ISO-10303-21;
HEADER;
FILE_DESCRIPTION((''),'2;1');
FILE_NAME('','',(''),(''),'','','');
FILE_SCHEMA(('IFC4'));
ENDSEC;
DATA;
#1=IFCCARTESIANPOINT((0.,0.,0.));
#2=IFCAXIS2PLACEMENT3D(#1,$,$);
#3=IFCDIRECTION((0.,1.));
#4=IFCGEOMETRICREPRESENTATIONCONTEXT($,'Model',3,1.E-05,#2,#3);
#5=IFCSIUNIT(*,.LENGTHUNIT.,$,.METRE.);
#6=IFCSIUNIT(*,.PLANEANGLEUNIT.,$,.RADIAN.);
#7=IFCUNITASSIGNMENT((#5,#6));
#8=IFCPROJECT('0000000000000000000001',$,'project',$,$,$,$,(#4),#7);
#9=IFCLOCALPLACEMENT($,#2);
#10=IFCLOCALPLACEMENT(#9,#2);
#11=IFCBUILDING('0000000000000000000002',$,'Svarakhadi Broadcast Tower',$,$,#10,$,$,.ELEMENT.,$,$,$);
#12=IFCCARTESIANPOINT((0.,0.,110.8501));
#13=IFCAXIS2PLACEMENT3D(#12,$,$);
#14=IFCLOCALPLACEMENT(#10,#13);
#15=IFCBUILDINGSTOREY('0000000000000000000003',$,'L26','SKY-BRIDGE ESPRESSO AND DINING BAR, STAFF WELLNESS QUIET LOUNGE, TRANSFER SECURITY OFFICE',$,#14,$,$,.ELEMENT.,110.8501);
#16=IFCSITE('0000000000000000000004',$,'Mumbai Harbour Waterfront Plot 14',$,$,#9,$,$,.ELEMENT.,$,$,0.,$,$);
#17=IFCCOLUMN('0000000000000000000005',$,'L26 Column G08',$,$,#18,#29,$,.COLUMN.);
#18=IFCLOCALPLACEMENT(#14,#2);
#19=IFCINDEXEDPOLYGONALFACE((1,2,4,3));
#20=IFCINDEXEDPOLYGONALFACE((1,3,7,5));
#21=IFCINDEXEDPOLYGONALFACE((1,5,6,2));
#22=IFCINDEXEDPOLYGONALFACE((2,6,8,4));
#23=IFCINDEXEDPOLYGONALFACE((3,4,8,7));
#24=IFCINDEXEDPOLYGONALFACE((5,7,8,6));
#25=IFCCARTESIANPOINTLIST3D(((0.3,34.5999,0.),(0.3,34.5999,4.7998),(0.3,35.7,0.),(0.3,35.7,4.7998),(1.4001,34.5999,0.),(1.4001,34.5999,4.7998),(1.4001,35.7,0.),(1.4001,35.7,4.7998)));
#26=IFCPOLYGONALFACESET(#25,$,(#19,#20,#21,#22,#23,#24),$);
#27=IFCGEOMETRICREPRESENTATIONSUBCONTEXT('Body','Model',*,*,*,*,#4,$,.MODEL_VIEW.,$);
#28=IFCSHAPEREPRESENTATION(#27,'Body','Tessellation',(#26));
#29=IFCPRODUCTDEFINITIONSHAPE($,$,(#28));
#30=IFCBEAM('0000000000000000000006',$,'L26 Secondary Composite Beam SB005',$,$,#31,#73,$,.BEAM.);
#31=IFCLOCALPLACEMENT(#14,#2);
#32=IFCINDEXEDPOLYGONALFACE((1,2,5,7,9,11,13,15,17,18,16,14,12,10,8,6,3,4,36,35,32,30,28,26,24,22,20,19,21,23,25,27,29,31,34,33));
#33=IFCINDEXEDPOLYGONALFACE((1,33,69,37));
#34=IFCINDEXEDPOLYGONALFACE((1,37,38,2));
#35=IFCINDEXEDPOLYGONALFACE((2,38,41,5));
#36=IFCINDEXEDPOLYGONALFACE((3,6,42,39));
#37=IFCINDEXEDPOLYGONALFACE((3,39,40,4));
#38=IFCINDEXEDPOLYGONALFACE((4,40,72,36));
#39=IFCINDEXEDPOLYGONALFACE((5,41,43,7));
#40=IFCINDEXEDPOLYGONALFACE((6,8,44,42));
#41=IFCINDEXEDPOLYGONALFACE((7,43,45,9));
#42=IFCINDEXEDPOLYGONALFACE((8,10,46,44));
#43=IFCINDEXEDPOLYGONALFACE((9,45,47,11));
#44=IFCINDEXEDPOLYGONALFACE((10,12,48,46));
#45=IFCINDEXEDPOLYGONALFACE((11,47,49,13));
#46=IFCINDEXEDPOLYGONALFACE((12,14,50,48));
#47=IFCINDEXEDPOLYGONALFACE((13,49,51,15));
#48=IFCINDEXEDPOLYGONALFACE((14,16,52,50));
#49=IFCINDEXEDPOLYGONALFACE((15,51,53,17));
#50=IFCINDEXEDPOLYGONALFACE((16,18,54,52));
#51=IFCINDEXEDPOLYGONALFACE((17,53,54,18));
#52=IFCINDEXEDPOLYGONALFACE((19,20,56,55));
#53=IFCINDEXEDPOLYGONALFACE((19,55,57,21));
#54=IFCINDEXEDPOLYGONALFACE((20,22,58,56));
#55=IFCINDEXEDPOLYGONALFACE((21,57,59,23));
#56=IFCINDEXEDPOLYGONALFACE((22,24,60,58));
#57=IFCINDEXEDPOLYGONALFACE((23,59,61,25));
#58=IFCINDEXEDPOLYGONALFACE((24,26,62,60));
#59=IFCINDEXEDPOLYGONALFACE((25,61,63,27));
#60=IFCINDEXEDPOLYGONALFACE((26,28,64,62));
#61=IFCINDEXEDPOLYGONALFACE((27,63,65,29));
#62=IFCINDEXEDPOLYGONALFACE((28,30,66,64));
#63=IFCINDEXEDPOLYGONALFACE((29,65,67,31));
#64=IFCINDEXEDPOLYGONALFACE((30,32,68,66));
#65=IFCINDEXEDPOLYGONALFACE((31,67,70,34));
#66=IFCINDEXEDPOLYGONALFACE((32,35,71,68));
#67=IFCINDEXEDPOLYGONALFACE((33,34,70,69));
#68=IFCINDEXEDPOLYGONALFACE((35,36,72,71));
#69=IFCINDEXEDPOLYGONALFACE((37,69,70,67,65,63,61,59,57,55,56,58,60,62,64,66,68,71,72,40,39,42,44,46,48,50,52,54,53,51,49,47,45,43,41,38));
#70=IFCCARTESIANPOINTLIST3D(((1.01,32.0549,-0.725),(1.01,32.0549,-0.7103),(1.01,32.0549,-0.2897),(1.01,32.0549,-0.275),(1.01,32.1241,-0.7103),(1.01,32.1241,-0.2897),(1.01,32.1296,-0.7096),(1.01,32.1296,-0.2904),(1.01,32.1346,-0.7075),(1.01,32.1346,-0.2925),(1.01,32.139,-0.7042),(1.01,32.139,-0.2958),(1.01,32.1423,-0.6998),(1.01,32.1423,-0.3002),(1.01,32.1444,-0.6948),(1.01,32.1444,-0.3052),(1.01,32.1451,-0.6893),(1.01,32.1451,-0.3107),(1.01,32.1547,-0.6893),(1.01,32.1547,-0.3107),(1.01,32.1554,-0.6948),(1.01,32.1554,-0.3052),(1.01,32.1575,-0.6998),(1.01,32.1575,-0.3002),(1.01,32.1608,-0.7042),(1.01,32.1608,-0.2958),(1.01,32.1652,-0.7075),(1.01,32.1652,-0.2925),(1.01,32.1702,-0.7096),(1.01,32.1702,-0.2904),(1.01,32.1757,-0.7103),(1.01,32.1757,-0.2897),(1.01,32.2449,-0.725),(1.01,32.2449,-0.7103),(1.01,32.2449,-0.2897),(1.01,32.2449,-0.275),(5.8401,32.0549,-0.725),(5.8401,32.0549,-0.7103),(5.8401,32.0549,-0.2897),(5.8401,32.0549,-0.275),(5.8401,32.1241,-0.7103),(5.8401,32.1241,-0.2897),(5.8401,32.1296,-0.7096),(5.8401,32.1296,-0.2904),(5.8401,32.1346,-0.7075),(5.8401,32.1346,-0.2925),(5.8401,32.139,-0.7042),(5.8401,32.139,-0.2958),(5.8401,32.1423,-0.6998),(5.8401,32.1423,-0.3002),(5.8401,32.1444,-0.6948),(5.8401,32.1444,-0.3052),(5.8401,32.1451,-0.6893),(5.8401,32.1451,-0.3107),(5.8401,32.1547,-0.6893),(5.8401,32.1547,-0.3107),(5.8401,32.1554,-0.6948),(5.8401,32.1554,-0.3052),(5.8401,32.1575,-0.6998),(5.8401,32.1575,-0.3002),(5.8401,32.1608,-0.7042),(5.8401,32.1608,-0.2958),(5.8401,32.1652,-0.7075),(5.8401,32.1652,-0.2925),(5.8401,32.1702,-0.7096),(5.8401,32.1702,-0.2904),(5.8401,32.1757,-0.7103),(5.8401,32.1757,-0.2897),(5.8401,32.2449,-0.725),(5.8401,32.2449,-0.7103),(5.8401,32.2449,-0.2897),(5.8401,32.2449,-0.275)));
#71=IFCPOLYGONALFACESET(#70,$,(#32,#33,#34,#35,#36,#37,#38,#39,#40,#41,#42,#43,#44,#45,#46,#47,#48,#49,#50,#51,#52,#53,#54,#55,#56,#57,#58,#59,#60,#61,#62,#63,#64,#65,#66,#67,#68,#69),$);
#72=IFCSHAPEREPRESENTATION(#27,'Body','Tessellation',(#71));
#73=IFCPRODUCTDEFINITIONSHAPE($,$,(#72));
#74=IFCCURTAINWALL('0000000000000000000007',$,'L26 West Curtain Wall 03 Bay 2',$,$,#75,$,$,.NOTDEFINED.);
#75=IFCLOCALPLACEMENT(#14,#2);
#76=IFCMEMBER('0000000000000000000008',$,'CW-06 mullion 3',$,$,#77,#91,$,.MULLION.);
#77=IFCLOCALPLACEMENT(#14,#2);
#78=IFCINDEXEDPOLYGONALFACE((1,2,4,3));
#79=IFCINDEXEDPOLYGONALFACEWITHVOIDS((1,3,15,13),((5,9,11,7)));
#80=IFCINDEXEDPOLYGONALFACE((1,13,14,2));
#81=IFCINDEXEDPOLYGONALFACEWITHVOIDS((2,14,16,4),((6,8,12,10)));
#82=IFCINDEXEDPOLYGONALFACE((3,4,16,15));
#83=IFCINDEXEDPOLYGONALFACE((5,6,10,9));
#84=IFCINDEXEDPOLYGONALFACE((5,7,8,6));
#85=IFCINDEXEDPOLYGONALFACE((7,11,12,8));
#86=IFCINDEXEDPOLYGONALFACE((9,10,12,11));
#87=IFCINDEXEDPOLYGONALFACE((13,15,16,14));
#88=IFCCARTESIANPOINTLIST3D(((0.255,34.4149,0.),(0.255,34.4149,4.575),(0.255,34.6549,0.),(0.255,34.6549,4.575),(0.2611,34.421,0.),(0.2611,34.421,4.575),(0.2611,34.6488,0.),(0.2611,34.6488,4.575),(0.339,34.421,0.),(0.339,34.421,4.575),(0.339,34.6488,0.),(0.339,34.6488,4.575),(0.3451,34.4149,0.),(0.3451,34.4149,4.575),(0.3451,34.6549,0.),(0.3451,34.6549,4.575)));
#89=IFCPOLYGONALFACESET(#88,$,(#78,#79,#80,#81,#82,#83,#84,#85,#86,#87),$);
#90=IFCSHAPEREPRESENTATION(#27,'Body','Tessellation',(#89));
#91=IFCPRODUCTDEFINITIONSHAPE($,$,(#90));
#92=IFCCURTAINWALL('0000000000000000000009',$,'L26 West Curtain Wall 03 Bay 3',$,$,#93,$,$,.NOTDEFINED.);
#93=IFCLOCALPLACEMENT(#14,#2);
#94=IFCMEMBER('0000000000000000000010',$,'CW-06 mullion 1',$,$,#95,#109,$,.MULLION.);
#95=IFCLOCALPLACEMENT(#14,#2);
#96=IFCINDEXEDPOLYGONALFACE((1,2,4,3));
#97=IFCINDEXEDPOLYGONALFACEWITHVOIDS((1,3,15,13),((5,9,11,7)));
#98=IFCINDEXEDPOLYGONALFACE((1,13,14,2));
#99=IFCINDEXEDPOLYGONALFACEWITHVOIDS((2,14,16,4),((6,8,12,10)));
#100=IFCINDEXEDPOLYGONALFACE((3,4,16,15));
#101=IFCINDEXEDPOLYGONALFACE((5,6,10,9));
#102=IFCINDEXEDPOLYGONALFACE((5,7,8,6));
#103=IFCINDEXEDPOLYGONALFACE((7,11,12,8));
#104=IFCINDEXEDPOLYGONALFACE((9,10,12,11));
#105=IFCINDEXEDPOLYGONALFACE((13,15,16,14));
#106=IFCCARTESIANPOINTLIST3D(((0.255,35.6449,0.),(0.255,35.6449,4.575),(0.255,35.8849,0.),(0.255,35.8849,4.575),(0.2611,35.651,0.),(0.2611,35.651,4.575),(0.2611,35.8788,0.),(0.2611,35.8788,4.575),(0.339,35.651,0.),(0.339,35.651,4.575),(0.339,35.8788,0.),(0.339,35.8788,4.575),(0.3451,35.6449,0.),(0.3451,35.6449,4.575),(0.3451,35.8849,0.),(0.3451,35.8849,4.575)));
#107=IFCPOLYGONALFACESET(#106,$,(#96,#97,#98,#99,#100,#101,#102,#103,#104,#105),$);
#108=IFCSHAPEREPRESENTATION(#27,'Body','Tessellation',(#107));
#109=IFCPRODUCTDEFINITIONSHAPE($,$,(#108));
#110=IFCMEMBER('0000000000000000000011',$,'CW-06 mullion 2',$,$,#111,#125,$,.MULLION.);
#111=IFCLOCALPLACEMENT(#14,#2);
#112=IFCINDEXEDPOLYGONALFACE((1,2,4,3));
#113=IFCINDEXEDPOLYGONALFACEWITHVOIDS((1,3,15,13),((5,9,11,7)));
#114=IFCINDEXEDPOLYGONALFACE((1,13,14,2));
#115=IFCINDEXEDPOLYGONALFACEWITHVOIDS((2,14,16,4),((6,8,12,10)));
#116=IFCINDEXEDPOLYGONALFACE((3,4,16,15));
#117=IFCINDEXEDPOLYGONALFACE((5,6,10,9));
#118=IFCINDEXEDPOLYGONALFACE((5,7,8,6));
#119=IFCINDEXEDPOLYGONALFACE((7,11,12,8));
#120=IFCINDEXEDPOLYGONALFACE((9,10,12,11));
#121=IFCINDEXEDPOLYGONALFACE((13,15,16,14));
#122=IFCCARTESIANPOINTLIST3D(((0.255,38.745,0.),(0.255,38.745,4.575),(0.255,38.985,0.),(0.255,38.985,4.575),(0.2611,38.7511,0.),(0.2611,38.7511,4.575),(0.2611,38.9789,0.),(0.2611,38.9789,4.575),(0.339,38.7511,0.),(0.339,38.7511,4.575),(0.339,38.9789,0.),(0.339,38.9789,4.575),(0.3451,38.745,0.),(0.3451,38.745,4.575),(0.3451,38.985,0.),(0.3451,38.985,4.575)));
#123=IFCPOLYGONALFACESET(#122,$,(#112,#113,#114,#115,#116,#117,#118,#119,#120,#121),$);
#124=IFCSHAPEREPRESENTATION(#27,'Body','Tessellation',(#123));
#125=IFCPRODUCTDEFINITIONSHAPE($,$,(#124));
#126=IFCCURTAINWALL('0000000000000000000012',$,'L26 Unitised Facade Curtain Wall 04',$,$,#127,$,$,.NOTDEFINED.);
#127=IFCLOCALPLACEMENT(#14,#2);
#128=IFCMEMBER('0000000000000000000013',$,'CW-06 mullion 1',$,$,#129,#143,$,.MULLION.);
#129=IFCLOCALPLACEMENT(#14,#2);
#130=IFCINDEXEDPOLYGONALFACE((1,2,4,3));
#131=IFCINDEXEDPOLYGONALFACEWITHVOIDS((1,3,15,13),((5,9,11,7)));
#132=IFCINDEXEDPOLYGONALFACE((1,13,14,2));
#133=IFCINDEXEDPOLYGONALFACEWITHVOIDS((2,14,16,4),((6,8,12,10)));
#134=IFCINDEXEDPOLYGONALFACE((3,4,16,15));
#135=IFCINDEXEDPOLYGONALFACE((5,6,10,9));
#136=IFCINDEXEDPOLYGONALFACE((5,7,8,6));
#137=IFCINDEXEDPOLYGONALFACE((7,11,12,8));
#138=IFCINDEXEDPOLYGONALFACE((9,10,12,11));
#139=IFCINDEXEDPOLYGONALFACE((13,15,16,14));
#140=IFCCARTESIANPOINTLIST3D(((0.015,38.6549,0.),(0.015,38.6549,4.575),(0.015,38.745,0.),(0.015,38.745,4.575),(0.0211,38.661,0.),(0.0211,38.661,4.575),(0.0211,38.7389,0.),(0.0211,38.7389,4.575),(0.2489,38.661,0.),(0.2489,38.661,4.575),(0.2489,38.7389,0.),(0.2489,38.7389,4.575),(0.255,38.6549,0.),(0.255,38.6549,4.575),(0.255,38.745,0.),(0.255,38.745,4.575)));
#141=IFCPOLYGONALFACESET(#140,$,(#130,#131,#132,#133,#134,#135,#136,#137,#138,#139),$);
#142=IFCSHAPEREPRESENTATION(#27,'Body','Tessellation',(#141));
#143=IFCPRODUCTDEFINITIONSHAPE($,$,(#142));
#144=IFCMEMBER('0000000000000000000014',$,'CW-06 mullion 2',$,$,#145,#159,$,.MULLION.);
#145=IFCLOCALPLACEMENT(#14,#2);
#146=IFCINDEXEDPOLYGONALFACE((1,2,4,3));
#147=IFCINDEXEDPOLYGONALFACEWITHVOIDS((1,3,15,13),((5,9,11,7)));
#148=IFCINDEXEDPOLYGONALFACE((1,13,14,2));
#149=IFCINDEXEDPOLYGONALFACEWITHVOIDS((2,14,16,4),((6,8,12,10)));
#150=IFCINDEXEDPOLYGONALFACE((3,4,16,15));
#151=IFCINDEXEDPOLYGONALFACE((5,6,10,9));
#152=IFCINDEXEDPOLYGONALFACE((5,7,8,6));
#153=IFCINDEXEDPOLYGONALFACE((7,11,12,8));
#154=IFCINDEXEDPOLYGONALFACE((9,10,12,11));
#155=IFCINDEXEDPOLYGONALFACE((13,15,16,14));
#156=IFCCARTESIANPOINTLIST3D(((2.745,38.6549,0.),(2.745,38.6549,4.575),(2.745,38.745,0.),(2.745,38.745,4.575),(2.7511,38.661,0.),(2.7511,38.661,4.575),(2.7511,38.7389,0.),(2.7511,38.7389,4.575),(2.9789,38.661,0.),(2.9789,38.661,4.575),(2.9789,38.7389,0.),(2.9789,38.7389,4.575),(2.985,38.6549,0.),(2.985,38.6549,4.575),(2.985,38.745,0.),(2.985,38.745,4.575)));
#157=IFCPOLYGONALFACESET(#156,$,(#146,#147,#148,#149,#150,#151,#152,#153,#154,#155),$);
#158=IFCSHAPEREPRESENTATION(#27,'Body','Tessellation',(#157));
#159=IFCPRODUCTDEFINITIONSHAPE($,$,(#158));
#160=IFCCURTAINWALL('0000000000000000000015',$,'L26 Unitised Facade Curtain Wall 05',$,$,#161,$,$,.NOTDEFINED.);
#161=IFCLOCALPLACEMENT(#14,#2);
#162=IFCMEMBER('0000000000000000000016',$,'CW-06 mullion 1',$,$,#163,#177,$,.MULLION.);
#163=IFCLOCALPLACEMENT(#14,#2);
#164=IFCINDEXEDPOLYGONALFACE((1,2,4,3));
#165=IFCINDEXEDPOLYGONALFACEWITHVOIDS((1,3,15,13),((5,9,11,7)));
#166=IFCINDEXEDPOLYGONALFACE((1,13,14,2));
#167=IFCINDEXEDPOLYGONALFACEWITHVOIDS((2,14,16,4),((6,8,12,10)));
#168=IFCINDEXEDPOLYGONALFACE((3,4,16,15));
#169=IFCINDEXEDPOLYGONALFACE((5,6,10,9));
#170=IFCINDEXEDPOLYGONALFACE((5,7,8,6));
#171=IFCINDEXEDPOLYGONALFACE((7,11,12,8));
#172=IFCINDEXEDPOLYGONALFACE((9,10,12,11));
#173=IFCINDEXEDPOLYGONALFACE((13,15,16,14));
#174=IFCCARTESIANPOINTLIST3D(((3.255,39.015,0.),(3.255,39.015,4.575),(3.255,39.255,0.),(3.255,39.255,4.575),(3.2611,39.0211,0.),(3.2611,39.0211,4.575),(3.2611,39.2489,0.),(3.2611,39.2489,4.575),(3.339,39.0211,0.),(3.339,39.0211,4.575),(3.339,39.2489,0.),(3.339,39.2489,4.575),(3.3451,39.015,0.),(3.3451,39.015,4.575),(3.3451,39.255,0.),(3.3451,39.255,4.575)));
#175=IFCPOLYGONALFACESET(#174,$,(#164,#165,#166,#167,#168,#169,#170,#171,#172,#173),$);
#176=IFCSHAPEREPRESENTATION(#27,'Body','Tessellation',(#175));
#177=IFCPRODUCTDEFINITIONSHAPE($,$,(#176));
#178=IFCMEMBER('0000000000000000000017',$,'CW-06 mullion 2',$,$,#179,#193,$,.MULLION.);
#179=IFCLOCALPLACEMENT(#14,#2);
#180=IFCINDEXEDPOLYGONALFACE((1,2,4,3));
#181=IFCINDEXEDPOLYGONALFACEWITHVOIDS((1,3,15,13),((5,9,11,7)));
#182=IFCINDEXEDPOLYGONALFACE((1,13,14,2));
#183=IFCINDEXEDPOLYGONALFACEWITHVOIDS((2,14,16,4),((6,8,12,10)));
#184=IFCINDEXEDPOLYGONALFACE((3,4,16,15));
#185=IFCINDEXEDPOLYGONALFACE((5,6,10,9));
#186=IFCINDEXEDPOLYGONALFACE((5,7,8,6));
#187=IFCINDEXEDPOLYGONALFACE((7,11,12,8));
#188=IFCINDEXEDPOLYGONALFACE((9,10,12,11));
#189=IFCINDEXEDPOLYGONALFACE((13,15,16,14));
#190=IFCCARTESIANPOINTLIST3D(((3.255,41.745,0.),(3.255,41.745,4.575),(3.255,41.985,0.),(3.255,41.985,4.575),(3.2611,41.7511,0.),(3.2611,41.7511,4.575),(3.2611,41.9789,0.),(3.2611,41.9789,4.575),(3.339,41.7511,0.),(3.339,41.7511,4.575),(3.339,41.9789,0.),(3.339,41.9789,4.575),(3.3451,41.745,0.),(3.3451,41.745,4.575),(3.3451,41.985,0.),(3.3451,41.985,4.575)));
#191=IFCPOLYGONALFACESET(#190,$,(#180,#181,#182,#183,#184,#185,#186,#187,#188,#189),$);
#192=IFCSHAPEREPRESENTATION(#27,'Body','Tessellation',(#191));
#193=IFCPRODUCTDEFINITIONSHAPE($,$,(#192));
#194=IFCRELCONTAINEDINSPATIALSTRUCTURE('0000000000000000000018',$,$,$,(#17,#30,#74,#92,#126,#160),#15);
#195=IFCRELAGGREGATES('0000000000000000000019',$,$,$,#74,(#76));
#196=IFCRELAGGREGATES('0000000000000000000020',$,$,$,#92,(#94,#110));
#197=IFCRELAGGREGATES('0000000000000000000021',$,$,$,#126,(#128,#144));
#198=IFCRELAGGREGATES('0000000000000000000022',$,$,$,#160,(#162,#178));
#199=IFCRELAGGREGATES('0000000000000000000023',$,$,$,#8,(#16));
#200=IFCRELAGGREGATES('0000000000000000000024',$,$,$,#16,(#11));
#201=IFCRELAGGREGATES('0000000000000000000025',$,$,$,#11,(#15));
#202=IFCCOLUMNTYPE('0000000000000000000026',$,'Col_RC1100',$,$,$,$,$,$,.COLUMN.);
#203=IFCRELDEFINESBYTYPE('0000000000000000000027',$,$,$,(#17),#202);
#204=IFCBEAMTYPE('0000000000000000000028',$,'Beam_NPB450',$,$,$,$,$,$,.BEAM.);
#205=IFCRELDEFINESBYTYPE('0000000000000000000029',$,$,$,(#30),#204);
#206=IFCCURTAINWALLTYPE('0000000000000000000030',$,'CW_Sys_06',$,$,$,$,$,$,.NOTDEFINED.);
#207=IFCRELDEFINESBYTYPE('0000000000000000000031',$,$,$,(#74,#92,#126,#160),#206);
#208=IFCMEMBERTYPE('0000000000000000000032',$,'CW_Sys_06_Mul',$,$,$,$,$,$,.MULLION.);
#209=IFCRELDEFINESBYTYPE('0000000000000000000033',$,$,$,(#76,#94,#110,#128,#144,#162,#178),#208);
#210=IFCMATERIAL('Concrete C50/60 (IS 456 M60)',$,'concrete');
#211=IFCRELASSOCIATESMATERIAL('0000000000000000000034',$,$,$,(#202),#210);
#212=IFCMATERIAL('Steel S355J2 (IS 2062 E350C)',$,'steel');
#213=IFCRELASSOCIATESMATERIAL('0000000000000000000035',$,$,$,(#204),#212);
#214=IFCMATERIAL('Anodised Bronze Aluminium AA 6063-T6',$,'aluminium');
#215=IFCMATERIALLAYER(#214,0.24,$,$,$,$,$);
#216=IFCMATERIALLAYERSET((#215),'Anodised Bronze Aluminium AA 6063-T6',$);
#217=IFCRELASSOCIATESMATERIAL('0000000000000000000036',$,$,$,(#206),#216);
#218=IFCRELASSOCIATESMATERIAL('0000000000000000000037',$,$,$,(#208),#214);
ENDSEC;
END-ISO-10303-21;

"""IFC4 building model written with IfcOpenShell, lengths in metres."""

from ifc_helpers import new_model, si_unit, direction, frame, origin, origin_2d, place, context, subcontext, project, spatial, rectangle, hollow_rectangle, i_section, extrude, material, layer, layer_set, material_profile, profile_set, type_object, element, aggregate, save


model = new_model("IFC4")

# Units and contexts
model_context = context("Model", 3, precision=1e-05, world=origin(), true_north=direction((0.0, 1.0)))
body_context = subcontext(model_context, "Body", "Model", "MODEL_VIEW")
ifc_project = project(units=[si_unit("LENGTHUNIT", "METRE"), si_unit("PLANEANGLEUNIT", "RADIAN")], contexts=[model_context])

# Site, building, storey
site_placement = place(None, origin())
site = spatial("IfcSite", under=ifc_project, at=site_placement, Name="Mumbai Harbour Waterfront Plot 14", CompositionType="ELEMENT", RefElevation=0.0)
building_placement = place(site_placement, origin())
building = spatial("IfcBuilding", under=site, at=building_placement, Name="Svarakhadi Broadcast Tower", CompositionType="ELEMENT")
storey_placement = place(building_placement, frame((0.0, 0.0, 110.8501)))
storey = spatial("IfcBuildingStorey", under=building, at=storey_placement, Name="L26", Description="SKY-BRIDGE ESPRESSO AND DINING BAR, STAFF WELLNESS QUIET LOUNGE, TRANSFER SECURITY OFFICE", CompositionType="ELEMENT", Elevation=110.8501)

# Column
ifc_material_1 = material(Name="Concrete C50/60 (IS 456 M60)", Category="concrete")
ifc_material_profile_1 = material_profile(ifc_material_1, rectangle(XDim=1.1001, YDim=1.1001, at=origin_2d()), Name="RC 1100x1100")
ifc_profile_set_1 = profile_set([ifc_material_profile_1], Name="Concrete C50/60 (IS 456 M60)")
column_type = type_object("IfcColumnType", Name="Col_RC1100", PredefinedType="COLUMN", material=ifc_profile_set_1)
column_placement = place(storey_placement, frame((0.8501, 35.1499, 0.0), z_axis=(0.0, 0.0, 1.0), x_axis=(1.0, 0.0, 0.0)))
element("IfcColumn", 1, at=column_placement, inside=storey, type_object=column_type, Name="L26 Column G08", PredefinedType="COLUMN", context=body_context, shape_type="SweptSolid", body=[
    extrude(rectangle(XDim=1.1001, YDim=1.1001, at=origin_2d()), origin(), (0.0, 0.0, 1.0), 4.7998),
])

# Beam
ifc_material_2 = material(Name="Steel S355J2 (IS 2062 E350C)", Category="steel")
ifc_material_profile_2 = material_profile(ifc_material_2, i_section(OverallWidth=0.1899, OverallDepth=0.45, WebThickness=0.0095, FlangeThickness=0.0146, FilletRadius=0.021, at=origin_2d()), Name="NPB 450x190x78")
ifc_profile_set_2 = profile_set([ifc_material_profile_2], Name="Steel S355J2 (IS 2062 E350C)")
beam_type_1 = type_object("IfcBeamType", Name="Beam_NPB450", PredefinedType="BEAM", material=ifc_profile_set_2)
beam_1_placement = place(storey_placement, frame((1.01, 32.1499, -0.5), z_axis=(1.0, 0.0, 0.0), x_axis=(0.0, 1.0, 0.0)))
element("IfcBeam", 2, at=beam_1_placement, inside=storey, type_object=beam_type_1, Name="L26 Secondary Composite Beam SB005", PredefinedType="BEAM", context=body_context, shape_type="SweptSolid", body=[
    extrude(i_section(OverallWidth=0.1899, OverallDepth=0.45, WebThickness=0.0095, FlangeThickness=0.0146, FilletRadius=0.021, at=origin_2d()), origin(), (0.0, 0.0, 1.0), 4.8301),
])

# Curtain wall, member
ifc_material_3 = material(Name="Anodised Bronze Aluminium AA 6063-T6", Category="aluminium")
ifc_layer_1 = layer(ifc_material_3, 0.24)
ifc_layer_set_1 = layer_set([ifc_layer_1], Name="Anodised Bronze Aluminium AA 6063-T6")
curtain_wall_type = type_object("IfcCurtainWallType", Name="CW_Sys_06", PredefinedType="NOTDEFINED", material=ifc_layer_set_1)
curtain_wall_1_placement = place(storey_placement, origin())
curtain_wall_1 = element("IfcCurtainWall", 3, at=curtain_wall_1_placement, inside=storey, type_object=curtain_wall_type, Name="L26 West Curtain Wall 03 Bay 2", PredefinedType="NOTDEFINED")
ifc_material_profile_3 = material_profile(ifc_material_3, hollow_rectangle(XDim=0.0901, YDim=0.24, WallThickness=0.0061, at=origin_2d()), Name="ALU MULLION 240x90x6")
ifc_profile_set_3 = profile_set([ifc_material_profile_3], Name="Anodised Bronze Aluminium AA 6063-T6")
member_type_1 = type_object("IfcMemberType", Name="CW_Sys_06_Mul", PredefinedType="MULLION", material=ifc_profile_set_3)
member_1_placement = place(storey_placement, frame((0.3, 34.5349, 0.0), z_axis=(0.0, 0.0, 1.0), x_axis=(-1.0, 0.0, 0.0)))
member_1 = element("IfcMember", 4, at=member_1_placement, type_object=member_type_1, Name="CW-06 mullion 3", PredefinedType="MULLION", context=body_context, shape_type="SweptSolid", body=[
    extrude(hollow_rectangle(XDim=0.0901, YDim=0.24, WallThickness=0.0061, at=origin_2d()), origin(), (0.0, 0.0, 1.0), 4.575),
])

# Curtain walls, members
curtain_wall_2_placement = place(storey_placement, origin())
curtain_wall_2 = element("IfcCurtainWall", 5, at=curtain_wall_2_placement, inside=storey, type_object=curtain_wall_type, Name="L26 West Curtain Wall 03 Bay 3", PredefinedType="NOTDEFINED")
member_2_placement = place(storey_placement, frame((0.3, 35.7649, 0.0), z_axis=(0.0, 0.0, 1.0), x_axis=(-1.0, 0.0, 0.0)))
member_2 = element("IfcMember", 6, at=member_2_placement, type_object=member_type_1, Name="CW-06 mullion 1", PredefinedType="MULLION", context=body_context, shape_type="SweptSolid", body=[
    extrude(hollow_rectangle(XDim=0.0901, YDim=0.24, WallThickness=0.0061, at=origin_2d()), origin(), (0.0, 0.0, 1.0), 4.575),
])
member_3_placement = place(storey_placement, frame((0.3, 38.865, 0.0), z_axis=(0.0, 0.0, 1.0), x_axis=(-1.0, 0.0, 0.0)))
member_3 = element("IfcMember", 7, at=member_3_placement, type_object=member_type_1, Name="CW-06 mullion 2", PredefinedType="MULLION", context=body_context, shape_type="SweptSolid", body=[
    extrude(hollow_rectangle(XDim=0.0901, YDim=0.24, WallThickness=0.0061, at=origin_2d()), origin(), (0.0, 0.0, 1.0), 4.575),
])
curtain_wall_3_placement = place(storey_placement, origin())
curtain_wall_3 = element("IfcCurtainWall", 8, at=curtain_wall_3_placement, inside=storey, type_object=curtain_wall_type, Name="L26 Unitised Facade Curtain Wall 04", PredefinedType="NOTDEFINED")
member_4_placement = place(storey_placement, frame((0.135, 38.7, 0.0), z_axis=(0.0, 0.0, 1.0), x_axis=(0.0, 1.0, 0.0)))
member_4 = element("IfcMember", 9, at=member_4_placement, type_object=member_type_1, Name="CW-06 mullion 1", PredefinedType="MULLION", context=body_context, shape_type="SweptSolid", body=[
    extrude(hollow_rectangle(XDim=0.0901, YDim=0.24, WallThickness=0.0061, at=origin_2d()), origin(), (0.0, 0.0, 1.0), 4.575),
])
member_5_placement = place(storey_placement, frame((2.865, 38.7, 0.0), z_axis=(0.0, 0.0, 1.0), x_axis=(0.0, 1.0, 0.0)))
member_5 = element("IfcMember", 10, at=member_5_placement, type_object=member_type_1, Name="CW-06 mullion 2", PredefinedType="MULLION", context=body_context, shape_type="SweptSolid", body=[
    extrude(hollow_rectangle(XDim=0.0901, YDim=0.24, WallThickness=0.0061, at=origin_2d()), origin(), (0.0, 0.0, 1.0), 4.575),
])
curtain_wall_4_placement = place(storey_placement, origin())
curtain_wall_4 = element("IfcCurtainWall", 11, at=curtain_wall_4_placement, inside=storey, type_object=curtain_wall_type, Name="L26 Unitised Facade Curtain Wall 05", PredefinedType="NOTDEFINED")
member_6_placement = place(storey_placement, frame((3.3, 39.135, 0.0), z_axis=(0.0, 0.0, 1.0), x_axis=(-1.0, 0.0, 0.0)))
member_6 = element("IfcMember", 12, at=member_6_placement, type_object=member_type_1, Name="CW-06 mullion 1", PredefinedType="MULLION", context=body_context, shape_type="SweptSolid", body=[
    extrude(hollow_rectangle(XDim=0.0901, YDim=0.24, WallThickness=0.0061, at=origin_2d()), origin(), (0.0, 0.0, 1.0), 4.575),
])
member_7_placement = place(storey_placement, frame((3.3, 41.865, 0.0), z_axis=(0.0, 0.0, 1.0), x_axis=(-1.0, 0.0, 0.0)))
member_7 = element("IfcMember", 13, at=member_7_placement, type_object=member_type_1, Name="CW-06 mullion 2", PredefinedType="MULLION", context=body_context, shape_type="SweptSolid", body=[
    extrude(hollow_rectangle(XDim=0.0901, YDim=0.24, WallThickness=0.0061, at=origin_2d()), origin(), (0.0, 0.0, 1.0), 4.575),
])

aggregate(curtain_wall_1, [member_1])
aggregate(curtain_wall_2, [member_2, member_3])
aggregate(curtain_wall_3, [member_4, member_5])
aggregate(curtain_wall_4, [member_6, member_7])

save(model, "model.ifc")
